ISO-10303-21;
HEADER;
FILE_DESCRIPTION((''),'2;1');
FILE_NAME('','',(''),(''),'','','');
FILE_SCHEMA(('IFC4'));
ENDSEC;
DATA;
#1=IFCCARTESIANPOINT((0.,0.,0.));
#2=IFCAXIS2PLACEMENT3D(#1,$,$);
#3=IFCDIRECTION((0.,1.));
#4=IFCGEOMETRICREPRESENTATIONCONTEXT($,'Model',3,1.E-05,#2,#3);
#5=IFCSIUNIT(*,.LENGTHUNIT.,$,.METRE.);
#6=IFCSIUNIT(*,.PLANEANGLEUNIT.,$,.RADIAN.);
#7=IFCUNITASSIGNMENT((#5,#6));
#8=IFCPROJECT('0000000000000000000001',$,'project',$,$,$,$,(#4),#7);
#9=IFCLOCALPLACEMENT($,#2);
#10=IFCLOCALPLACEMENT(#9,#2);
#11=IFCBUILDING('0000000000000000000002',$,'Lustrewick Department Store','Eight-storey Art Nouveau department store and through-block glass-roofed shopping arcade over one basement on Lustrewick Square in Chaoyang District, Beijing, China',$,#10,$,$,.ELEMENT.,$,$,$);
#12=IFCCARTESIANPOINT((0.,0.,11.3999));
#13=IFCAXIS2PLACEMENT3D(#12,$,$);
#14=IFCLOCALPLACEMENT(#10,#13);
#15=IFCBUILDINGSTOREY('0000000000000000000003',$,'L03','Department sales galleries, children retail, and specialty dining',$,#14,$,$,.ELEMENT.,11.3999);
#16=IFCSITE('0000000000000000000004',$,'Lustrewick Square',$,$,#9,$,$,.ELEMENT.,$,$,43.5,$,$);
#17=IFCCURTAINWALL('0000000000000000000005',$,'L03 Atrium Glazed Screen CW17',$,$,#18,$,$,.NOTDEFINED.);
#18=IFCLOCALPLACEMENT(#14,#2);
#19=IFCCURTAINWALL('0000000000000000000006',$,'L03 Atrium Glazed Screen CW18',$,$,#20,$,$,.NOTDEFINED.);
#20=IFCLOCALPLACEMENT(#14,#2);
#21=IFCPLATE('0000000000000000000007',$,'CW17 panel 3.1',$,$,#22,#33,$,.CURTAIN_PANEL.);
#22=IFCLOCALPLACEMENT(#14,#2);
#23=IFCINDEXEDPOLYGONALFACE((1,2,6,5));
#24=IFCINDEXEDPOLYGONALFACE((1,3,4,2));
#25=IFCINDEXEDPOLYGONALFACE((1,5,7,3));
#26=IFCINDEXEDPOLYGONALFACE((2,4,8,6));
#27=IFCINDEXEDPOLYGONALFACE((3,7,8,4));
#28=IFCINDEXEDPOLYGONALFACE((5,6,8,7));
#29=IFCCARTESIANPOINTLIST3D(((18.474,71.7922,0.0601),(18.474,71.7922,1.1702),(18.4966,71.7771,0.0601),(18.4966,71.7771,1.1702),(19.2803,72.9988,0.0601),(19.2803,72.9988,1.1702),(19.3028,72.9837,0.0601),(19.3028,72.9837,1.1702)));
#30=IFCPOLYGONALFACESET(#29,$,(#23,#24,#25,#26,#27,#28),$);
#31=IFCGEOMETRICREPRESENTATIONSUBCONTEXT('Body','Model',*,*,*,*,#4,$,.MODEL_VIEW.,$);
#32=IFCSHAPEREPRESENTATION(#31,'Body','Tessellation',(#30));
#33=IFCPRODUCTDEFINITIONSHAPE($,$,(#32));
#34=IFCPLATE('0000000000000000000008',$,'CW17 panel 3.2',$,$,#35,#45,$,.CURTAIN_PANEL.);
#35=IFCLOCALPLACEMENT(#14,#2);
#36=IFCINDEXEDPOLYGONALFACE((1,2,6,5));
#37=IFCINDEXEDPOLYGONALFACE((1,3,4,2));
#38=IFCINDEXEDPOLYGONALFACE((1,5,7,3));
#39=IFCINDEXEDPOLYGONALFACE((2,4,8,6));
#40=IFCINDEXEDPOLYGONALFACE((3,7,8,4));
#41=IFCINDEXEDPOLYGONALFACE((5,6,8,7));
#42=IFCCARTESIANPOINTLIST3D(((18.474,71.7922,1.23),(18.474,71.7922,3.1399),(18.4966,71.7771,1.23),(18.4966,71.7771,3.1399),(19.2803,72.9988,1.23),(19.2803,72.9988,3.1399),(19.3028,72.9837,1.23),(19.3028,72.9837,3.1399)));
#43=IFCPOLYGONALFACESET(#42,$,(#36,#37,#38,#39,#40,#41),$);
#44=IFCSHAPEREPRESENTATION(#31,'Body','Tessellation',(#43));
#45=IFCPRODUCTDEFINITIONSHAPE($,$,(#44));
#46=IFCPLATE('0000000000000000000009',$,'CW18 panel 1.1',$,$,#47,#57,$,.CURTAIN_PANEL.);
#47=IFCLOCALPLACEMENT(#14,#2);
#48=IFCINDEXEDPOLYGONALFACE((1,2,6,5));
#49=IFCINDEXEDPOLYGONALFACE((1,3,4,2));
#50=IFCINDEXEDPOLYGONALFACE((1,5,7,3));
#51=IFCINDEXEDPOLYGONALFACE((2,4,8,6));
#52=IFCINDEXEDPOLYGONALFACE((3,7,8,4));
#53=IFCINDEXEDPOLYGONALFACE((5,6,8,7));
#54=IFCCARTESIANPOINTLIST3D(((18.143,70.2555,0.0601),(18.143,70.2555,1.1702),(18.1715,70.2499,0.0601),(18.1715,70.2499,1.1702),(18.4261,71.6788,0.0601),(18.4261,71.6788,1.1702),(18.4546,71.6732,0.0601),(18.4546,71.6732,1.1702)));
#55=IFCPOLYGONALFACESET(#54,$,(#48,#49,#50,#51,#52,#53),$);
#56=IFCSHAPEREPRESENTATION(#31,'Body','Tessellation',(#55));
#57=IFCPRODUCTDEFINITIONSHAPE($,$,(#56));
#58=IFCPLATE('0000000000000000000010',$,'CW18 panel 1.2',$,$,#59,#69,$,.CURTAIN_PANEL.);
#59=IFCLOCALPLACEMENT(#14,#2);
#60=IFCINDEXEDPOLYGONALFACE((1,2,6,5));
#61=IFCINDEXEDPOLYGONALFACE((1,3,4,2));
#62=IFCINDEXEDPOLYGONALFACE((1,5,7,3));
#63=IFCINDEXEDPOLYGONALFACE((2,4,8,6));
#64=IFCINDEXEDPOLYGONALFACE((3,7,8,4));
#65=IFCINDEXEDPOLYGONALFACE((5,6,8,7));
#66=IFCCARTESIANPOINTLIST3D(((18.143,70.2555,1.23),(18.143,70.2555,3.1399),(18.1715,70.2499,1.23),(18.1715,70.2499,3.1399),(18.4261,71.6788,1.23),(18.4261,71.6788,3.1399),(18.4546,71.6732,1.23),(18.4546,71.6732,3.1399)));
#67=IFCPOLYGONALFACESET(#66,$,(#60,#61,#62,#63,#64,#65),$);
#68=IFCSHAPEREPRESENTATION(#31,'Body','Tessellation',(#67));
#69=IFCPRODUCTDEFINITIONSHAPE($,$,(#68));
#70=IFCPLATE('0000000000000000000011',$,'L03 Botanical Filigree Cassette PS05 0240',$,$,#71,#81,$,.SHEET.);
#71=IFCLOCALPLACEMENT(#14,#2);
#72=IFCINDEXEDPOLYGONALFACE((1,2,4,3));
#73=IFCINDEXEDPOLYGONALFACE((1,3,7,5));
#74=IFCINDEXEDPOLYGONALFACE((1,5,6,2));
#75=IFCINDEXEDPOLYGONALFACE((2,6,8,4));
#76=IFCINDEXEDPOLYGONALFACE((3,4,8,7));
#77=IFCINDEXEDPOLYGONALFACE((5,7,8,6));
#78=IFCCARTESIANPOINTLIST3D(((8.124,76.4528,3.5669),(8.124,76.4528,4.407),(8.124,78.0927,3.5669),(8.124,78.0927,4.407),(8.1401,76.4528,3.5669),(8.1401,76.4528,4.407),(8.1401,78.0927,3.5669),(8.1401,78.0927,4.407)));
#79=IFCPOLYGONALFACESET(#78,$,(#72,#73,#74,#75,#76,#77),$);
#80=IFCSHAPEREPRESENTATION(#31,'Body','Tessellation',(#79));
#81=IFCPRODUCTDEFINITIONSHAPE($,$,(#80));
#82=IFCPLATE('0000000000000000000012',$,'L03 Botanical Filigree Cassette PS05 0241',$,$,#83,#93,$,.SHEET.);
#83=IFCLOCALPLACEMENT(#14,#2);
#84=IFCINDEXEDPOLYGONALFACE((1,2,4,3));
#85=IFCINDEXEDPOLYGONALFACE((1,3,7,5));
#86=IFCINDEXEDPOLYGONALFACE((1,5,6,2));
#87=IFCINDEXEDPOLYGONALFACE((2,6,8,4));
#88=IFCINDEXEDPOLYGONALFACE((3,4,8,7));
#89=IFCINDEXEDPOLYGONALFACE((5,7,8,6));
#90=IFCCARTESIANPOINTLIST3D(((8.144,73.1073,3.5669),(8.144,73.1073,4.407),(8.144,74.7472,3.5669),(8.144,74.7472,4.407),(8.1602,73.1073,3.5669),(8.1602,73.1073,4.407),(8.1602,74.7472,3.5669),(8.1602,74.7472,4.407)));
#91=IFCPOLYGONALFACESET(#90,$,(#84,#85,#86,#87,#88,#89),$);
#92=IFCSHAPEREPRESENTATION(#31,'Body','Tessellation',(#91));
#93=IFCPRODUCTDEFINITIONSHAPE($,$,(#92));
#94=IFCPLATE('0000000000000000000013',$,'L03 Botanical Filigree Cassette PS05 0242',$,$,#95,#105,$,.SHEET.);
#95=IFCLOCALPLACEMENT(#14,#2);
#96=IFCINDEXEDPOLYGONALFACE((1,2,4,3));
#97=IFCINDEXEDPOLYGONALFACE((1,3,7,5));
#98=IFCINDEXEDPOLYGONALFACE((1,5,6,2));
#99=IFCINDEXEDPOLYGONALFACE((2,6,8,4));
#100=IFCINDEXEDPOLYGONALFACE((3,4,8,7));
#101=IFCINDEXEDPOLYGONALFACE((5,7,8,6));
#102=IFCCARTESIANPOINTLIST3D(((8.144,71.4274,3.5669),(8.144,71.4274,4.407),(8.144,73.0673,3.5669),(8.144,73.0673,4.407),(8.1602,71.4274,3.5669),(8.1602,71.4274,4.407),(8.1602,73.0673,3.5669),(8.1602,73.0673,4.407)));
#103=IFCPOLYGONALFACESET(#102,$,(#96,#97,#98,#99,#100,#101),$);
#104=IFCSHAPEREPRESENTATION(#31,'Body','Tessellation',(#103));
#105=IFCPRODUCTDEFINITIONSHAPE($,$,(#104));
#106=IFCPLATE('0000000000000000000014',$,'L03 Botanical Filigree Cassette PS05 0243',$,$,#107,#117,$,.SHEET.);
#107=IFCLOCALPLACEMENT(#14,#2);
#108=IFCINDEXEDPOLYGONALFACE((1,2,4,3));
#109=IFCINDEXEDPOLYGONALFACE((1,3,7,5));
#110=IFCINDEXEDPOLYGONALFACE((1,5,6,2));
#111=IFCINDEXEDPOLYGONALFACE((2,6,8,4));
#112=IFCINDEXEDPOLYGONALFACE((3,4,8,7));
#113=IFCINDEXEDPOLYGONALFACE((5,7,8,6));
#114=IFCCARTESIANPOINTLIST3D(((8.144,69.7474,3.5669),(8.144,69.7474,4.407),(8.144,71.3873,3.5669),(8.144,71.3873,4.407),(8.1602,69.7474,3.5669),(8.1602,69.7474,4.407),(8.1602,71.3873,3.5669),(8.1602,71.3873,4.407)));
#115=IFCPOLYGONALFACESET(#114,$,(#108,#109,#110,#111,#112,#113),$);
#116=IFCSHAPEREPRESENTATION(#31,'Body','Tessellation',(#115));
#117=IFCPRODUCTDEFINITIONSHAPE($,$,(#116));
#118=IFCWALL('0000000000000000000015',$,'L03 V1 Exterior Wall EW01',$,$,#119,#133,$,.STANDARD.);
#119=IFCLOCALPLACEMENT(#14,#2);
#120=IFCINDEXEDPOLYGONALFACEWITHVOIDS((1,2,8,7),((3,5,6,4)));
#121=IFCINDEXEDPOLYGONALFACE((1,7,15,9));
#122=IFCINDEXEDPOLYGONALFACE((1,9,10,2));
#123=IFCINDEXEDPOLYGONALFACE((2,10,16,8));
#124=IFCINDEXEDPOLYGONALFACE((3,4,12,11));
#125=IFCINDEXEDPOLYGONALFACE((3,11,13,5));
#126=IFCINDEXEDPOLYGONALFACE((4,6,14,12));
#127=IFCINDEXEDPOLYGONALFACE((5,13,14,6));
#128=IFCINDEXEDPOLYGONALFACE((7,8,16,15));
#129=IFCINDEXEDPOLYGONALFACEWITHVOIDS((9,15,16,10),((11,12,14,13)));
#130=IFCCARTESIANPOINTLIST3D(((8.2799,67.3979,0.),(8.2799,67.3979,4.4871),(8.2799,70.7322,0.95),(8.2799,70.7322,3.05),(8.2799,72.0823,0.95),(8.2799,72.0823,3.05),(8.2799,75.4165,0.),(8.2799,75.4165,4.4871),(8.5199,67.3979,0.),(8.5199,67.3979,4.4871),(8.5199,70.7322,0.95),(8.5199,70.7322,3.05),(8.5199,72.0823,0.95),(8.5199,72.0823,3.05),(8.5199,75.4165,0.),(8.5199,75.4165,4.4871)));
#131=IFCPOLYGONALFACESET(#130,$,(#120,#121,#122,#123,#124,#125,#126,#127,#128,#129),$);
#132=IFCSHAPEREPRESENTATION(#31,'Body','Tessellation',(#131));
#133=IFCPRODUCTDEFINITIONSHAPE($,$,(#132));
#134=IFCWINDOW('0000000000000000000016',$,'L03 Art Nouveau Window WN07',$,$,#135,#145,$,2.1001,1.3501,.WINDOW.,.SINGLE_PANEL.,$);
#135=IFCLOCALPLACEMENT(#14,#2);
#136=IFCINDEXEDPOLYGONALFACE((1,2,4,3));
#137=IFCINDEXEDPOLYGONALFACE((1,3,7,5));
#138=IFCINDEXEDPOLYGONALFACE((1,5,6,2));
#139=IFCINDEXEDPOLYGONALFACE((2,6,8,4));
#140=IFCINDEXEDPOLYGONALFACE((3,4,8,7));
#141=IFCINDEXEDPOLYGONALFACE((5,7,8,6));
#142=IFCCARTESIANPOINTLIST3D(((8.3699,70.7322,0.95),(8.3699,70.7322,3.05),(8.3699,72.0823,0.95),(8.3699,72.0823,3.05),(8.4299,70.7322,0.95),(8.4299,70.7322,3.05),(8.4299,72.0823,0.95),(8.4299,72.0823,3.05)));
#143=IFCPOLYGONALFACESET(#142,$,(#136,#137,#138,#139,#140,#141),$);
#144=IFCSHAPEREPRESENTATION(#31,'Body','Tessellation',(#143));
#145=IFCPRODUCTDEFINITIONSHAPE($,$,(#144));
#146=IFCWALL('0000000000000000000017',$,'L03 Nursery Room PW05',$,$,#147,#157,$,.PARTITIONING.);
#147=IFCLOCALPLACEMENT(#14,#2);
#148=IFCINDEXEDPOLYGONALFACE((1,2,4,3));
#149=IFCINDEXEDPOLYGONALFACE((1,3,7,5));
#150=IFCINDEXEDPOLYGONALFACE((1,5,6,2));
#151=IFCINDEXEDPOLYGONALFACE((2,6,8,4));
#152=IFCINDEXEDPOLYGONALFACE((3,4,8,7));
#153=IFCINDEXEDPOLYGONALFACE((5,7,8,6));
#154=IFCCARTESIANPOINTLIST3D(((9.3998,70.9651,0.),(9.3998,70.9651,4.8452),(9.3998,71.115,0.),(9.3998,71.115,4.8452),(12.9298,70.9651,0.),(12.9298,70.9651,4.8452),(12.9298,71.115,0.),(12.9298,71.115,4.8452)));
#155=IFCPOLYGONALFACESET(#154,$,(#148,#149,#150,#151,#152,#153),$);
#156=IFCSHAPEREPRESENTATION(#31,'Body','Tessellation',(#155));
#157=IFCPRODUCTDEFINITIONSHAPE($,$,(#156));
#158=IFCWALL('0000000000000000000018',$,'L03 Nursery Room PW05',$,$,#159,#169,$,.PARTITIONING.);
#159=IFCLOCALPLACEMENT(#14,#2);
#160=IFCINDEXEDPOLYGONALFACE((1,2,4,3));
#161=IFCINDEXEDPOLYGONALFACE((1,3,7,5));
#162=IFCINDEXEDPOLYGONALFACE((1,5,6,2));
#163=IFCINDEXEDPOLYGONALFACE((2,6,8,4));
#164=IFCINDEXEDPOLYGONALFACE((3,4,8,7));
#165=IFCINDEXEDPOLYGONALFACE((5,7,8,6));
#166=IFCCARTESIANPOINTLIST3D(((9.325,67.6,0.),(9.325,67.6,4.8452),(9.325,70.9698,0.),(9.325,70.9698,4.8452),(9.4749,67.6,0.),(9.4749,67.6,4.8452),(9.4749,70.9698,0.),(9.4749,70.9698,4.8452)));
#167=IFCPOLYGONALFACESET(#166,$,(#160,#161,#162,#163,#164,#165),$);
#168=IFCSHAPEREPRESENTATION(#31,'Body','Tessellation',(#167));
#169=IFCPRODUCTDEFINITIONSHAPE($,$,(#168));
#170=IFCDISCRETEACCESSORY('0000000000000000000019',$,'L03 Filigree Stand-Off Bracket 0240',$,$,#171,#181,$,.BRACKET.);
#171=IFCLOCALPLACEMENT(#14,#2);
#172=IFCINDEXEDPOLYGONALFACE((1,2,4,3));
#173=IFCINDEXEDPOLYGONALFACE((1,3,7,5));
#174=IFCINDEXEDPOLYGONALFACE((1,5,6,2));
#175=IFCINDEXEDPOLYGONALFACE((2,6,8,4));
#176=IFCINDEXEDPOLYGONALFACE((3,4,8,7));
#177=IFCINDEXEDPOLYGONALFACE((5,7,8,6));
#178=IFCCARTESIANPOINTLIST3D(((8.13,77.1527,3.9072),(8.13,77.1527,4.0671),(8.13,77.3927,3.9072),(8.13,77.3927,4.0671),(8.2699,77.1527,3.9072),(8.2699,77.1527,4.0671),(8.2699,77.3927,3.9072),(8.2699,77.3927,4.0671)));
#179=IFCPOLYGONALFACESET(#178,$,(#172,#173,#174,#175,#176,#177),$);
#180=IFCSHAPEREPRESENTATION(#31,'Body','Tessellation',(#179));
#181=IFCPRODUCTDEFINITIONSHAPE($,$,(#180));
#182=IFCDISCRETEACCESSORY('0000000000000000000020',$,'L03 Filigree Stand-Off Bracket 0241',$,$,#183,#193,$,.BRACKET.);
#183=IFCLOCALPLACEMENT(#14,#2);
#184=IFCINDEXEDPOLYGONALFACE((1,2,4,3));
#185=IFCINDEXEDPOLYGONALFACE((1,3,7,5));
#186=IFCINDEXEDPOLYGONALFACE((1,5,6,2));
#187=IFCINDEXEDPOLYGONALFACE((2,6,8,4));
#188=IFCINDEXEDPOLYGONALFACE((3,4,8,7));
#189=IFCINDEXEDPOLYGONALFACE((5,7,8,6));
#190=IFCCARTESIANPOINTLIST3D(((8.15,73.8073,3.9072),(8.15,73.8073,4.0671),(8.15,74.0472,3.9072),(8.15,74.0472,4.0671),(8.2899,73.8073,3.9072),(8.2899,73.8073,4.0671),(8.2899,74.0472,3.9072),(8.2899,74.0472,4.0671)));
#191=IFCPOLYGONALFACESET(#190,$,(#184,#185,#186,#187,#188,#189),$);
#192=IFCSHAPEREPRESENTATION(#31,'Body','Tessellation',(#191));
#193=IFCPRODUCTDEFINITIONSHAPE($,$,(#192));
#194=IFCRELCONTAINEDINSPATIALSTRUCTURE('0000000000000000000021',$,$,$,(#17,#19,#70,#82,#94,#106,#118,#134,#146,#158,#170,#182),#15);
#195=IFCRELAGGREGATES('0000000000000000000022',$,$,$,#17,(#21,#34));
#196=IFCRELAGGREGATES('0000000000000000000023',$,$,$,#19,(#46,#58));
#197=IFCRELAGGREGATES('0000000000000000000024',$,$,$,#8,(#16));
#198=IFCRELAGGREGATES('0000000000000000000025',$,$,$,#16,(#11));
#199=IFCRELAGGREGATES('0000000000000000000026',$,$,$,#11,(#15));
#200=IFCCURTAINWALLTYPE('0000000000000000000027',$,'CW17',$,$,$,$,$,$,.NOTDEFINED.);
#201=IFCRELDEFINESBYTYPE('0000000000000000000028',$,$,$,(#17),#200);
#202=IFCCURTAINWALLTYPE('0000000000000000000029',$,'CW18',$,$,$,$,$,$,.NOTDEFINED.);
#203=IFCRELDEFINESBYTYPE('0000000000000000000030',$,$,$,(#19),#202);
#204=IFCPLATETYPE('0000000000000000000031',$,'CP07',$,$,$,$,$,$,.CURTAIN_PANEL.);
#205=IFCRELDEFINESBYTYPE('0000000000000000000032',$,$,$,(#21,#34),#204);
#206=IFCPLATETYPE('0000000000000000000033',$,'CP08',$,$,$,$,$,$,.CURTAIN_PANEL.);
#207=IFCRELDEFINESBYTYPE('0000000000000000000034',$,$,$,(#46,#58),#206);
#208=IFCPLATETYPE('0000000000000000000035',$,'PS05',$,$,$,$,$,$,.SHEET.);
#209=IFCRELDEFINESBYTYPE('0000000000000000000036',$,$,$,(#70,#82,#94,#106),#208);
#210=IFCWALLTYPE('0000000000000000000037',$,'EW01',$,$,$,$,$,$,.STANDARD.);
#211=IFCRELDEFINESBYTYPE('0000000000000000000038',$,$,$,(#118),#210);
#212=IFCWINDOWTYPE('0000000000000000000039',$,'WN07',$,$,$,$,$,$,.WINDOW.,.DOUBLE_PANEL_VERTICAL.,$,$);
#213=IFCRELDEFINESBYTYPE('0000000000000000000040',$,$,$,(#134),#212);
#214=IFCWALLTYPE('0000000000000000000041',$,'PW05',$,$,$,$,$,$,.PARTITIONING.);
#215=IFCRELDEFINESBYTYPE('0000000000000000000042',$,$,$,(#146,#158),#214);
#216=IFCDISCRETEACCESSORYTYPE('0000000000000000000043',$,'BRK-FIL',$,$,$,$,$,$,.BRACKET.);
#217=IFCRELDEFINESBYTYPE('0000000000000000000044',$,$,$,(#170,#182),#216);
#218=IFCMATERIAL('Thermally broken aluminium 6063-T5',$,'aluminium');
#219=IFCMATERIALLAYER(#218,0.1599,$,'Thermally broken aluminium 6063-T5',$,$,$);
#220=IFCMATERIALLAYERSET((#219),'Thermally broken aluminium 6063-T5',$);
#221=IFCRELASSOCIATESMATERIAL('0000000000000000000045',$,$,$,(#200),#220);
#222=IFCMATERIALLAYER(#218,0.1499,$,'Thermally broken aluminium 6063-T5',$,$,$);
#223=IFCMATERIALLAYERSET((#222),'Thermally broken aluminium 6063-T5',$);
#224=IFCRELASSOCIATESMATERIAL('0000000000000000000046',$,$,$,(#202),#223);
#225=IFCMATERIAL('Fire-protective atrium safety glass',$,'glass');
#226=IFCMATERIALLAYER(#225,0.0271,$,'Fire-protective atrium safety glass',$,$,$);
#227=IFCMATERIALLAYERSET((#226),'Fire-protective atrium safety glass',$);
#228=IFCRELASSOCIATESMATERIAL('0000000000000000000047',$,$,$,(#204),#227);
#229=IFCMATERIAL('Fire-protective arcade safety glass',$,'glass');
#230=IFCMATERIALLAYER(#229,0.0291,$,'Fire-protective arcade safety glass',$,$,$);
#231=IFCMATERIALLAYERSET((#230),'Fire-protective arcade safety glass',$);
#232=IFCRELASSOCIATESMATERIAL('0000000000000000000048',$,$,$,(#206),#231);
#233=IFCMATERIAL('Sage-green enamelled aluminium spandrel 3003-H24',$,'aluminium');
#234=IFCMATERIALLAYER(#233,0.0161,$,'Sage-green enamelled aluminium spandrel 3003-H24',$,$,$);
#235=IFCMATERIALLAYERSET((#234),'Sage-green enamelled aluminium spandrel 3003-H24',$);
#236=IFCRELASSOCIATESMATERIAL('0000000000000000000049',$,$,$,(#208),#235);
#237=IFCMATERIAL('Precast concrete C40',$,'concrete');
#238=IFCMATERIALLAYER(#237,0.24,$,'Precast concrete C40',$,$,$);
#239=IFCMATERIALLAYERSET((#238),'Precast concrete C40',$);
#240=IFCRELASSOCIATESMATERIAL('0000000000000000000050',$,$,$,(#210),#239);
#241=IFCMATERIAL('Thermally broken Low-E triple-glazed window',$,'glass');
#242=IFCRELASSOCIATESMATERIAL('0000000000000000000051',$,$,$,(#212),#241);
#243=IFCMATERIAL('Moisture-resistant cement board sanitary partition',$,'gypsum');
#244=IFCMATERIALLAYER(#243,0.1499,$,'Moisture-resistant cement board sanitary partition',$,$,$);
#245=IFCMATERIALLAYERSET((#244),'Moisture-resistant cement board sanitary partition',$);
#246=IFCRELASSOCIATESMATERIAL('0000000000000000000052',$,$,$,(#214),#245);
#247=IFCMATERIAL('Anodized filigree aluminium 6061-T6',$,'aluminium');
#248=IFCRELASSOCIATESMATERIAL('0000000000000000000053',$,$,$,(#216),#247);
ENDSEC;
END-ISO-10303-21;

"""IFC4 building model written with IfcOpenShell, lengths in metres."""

from ifc_helpers import new_model, si_unit, direction, frame, frame_2d, origin, origin_2d, place, context, subcontext, project, spatial, rectangle, extrude, material, layer, layer_set, type_object, element, fill, aggregate, save


model = new_model("IFC4")

# Units and contexts
model_context = context("Model", 3, precision=1e-05, world=origin(), true_north=direction((0.0, 1.0)))
body_context = subcontext(model_context, "Body", "Model", "MODEL_VIEW")
ifc_project = project(units=[si_unit("LENGTHUNIT", "METRE"), si_unit("PLANEANGLEUNIT", "RADIAN")], contexts=[model_context])

# Site, building, storey
site_placement = place(None, origin())
site = spatial("IfcSite", under=ifc_project, at=site_placement, Name="Lustrewick Square", CompositionType="ELEMENT", RefElevation=43.5)
building_placement = place(site_placement, origin())
building = spatial("IfcBuilding", under=site, at=building_placement, Name="Lustrewick Department Store", Description="Eight-storey Art Nouveau department store and through-block glass-roofed shopping arcade over one basement on Lustrewick Square in Chaoyang District, Beijing, China", CompositionType="ELEMENT")
storey_placement = place(building_placement, frame((0.0, 0.0, 11.3999)))
storey = spatial("IfcBuildingStorey", under=building, at=storey_placement, Name="L03", Description="Department sales galleries, children retail, and specialty dining", CompositionType="ELEMENT", Elevation=11.3999)

# Curtain wall
ifc_material_1 = material(Name="Thermally broken aluminium 6063-T5", Category="aluminium")
ifc_layer_1 = layer(ifc_material_1, 0.1599, Name="Thermally broken aluminium 6063-T5")
ifc_layer_set_1 = layer_set([ifc_layer_1], Name="Thermally broken aluminium 6063-T5")
curtain_wall_type_1 = type_object("IfcCurtainWallType", Name="CW17", PredefinedType="NOTDEFINED", material=ifc_layer_set_1)
curtain_wall_1_placement = place(storey_placement, origin())
curtain_wall_1 = element("IfcCurtainWall", 1, at=curtain_wall_1_placement, inside=storey, type_object=curtain_wall_type_1, Name="L03 Atrium Glazed Screen CW17", PredefinedType="NOTDEFINED")

# Curtain wall
ifc_layer_2 = layer(ifc_material_1, 0.1499, Name="Thermally broken aluminium 6063-T5")
ifc_layer_set_2 = layer_set([ifc_layer_2], Name="Thermally broken aluminium 6063-T5")
curtain_wall_type_2 = type_object("IfcCurtainWallType", Name="CW18", PredefinedType="NOTDEFINED", material=ifc_layer_set_2)
curtain_wall_2_placement = place(storey_placement, origin())
curtain_wall_2 = element("IfcCurtainWall", 2, at=curtain_wall_2_placement, inside=storey, type_object=curtain_wall_type_2, Name="L03 Atrium Glazed Screen CW18", PredefinedType="NOTDEFINED")

# Plates
ifc_material_2 = material(Name="Fire-protective atrium safety glass", Category="glass")
ifc_layer_3 = layer(ifc_material_2, 0.0271, Name="Fire-protective atrium safety glass")
ifc_layer_set_3 = layer_set([ifc_layer_3], Name="Fire-protective atrium safety glass")
plate_type_1 = type_object("IfcPlateType", Name="CP07", PredefinedType="CURTAIN_PANEL", material=ifc_layer_set_3)
plate_1_placement = place(storey_placement, frame((18.8884, 72.3879, 0.0601), z_axis=(0.0, 0.0, 1.0), x_axis=(-0.555578, -0.831464, 0.0)))
plate_1 = element("IfcPlate", 3, at=plate_1_placement, type_object=plate_type_1, Name="CW17 panel 3.1", PredefinedType="CURTAIN_PANEL", context=body_context, shape_type="SweptSolid", body=[
    extrude(rectangle(XDim=1.4512, YDim=0.0271, at=origin_2d()), origin(), (0.0, 0.0, 1.0), 1.1101),
])
plate_2_placement = place(storey_placement, frame((18.8884, 72.3879, 1.23), z_axis=(0.0, 0.0, 1.0), x_axis=(-0.555578, -0.831464, 0.0)))
plate_2 = element("IfcPlate", 4, at=plate_2_placement, type_object=plate_type_1, Name="CW17 panel 3.2", PredefinedType="CURTAIN_PANEL", context=body_context, shape_type="SweptSolid", body=[
    extrude(rectangle(XDim=1.4512, YDim=0.0271, at=origin_2d()), origin(), (0.0, 0.0, 1.0), 1.9099),
])
aggregate(curtain_wall_1, [plate_1, plate_2])
ifc_material_3 = material(Name="Fire-protective arcade safety glass", Category="glass")
ifc_layer_4 = layer(ifc_material_3, 0.0291, Name="Fire-protective arcade safety glass")
ifc_layer_set_4 = layer_set([ifc_layer_4], Name="Fire-protective arcade safety glass")
plate_type_2 = type_object("IfcPlateType", Name="CP08", PredefinedType="CURTAIN_PANEL", material=ifc_layer_set_4)
plate_3_placement = place(storey_placement, frame((18.2988, 70.9644, 0.0601), z_axis=(0.0, 0.0, 1.0), x_axis=(-0.195085, -0.980786, 0.0)))
plate_3 = element("IfcPlate", 5, at=plate_3_placement, type_object=plate_type_2, Name="CW18 panel 1.1", PredefinedType="CURTAIN_PANEL", context=body_context, shape_type="SweptSolid", body=[
    extrude(rectangle(XDim=1.4512, YDim=0.0291, at=origin_2d()), origin(), (0.0, 0.0, 1.0), 1.1101),
])
plate_4_placement = place(storey_placement, frame((18.2988, 70.9644, 1.23), z_axis=(0.0, 0.0, 1.0), x_axis=(-0.195085, -0.980786, 0.0)))
plate_4 = element("IfcPlate", 6, at=plate_4_placement, type_object=plate_type_2, Name="CW18 panel 1.2", PredefinedType="CURTAIN_PANEL", context=body_context, shape_type="SweptSolid", body=[
    extrude(rectangle(XDim=1.4512, YDim=0.0291, at=origin_2d()), origin(), (0.0, 0.0, 1.0), 1.9099),
])
aggregate(curtain_wall_2, [plate_3, plate_4])

# Plates
ifc_material_4 = material(Name="Sage-green enamelled aluminium spandrel 3003-H24", Category="aluminium")
ifc_layer_5 = layer(ifc_material_4, 0.0161, Name="Sage-green enamelled aluminium spandrel 3003-H24")
ifc_layer_set_5 = layer_set([ifc_layer_5], Name="Sage-green enamelled aluminium spandrel 3003-H24")
plate_type_3 = type_object("IfcPlateType", Name="PS05", PredefinedType="SHEET", material=ifc_layer_set_5)
for number, where, z_axis, x_axis, name in (
    (7, (8.1321, 77.2727, 3.5669), (0.0, 0.0, 1.0), (0.0, -1.0, 0.0), "L03 Botanical Filigree Cassette PS05 0240"),
    (8, (8.1521, 73.9272, 3.5669), (0.0, 0.0, 1.0), (0.0, -1.0, 0.0), "L03 Botanical Filigree Cassette PS05 0241"),
    (9, (8.1521, 72.2473, 3.5669), (0.0, 0.0, 1.0), (0.0, -1.0, 0.0), "L03 Botanical Filigree Cassette PS05 0242"),
    (10, (8.1521, 70.5674, 3.5669), (0.0, 0.0, 1.0), (0.0, -1.0, 0.0), "L03 Botanical Filigree Cassette PS05 0243"),
):
    element("IfcPlate", number, at=place(storey_placement, frame(where, z_axis=z_axis, x_axis=x_axis)), inside=storey, type_object=plate_type_3, Name=name, PredefinedType="SHEET", context=body_context, shape_type="SweptSolid", body=[
        extrude(rectangle(XDim=1.6399, YDim=0.0161, at=origin_2d()), origin(), (0.0, 0.0, 1.0), 0.8401),
    ])

# Wall, opening, window
ifc_material_5 = material(Name="Precast concrete C40", Category="concrete")
ifc_layer_6 = layer(ifc_material_5, 0.24, Name="Precast concrete C40")
ifc_layer_set_6 = layer_set([ifc_layer_6], Name="Precast concrete C40")
wall_type_1 = type_object("IfcWallType", Name="EW01", PredefinedType="STANDARD", material=ifc_layer_set_6)
wall_1_placement = place(storey_placement, frame((8.3999, 75.4165, 0.0), z_axis=(0.0, 0.0, 1.0), x_axis=(0.0, -1.0, 0.0)))
wall_1 = element("IfcWall", 11, at=wall_1_placement, inside=storey, type_object=wall_type_1, Name="L03 V1 Exterior Wall EW01", PredefinedType="STANDARD", context=body_context, shape_type="SweptSolid", body=[
    extrude(rectangle(XDim=8.0186, YDim=0.24, at=frame_2d((4.0093, 0.0))), origin(), (0.0, 0.0, 1.0), 4.4871),
])
opening_placement = place(wall_1_placement, frame((3.3342, 0.0, 0.95)))
opening = element("IfcOpeningElement", 12, at=opening_placement, cuts=wall_1, PredefinedType="OPENING", context=body_context, shape_type="SweptSolid", body=[
    extrude(rectangle(XDim=1.3501, YDim=2.1001, at=frame_2d((0.675, 1.05))), frame((0.0, 0.1299, 0.0), z_axis=(0.0, -1.0, 0.0), x_axis=(1.0, 0.0, 0.0)), (0.0, 0.0, 1.0), 0.26),
])
ifc_material_6 = material(Name="Thermally broken Low-E triple-glazed window", Category="glass")
window_type = type_object("IfcWindowType", Name="WN07", PartitioningType="DOUBLE_PANEL_VERTICAL", PredefinedType="WINDOW", material=ifc_material_6)
window_placement = place(opening_placement, origin())
window = element("IfcWindow", 13, at=window_placement, inside=storey, type_object=window_type, Name="L03 Art Nouveau Window WN07", OverallHeight=2.1001, OverallWidth=1.3501, PartitioningType="SINGLE_PANEL", PredefinedType="WINDOW", context=body_context, shape_type="SweptSolid", body=[
    extrude(rectangle(XDim=1.3501, YDim=2.1001, at=frame_2d((0.675, 1.05))), frame((0.0, 0.03, 0.0), z_axis=(0.0, -1.0, 0.0), x_axis=(1.0, 0.0, 0.0)), (0.0, 0.0, 1.0), 0.0601),
])
fill(opening, window)

# Walls
ifc_material_7 = material(Name="Moisture-resistant cement board sanitary partition", Category="gypsum")
ifc_layer_7 = layer(ifc_material_7, 0.1499, Name="Moisture-resistant cement board sanitary partition")
ifc_layer_set_7 = layer_set([ifc_layer_7], Name="Moisture-resistant cement board sanitary partition")
wall_type_2 = type_object("IfcWallType", Name="PW05", PredefinedType="PARTITIONING", material=ifc_layer_set_7)
wall_2_placement = place(storey_placement, frame((12.9299, 71.04, 0.0), z_axis=(0.0, 0.0, 1.0), x_axis=(-1.0, 0.0, 0.0)))
element("IfcWall", 14, at=wall_2_placement, inside=storey, type_object=wall_type_2, Name="L03 Nursery Room PW05", PredefinedType="PARTITIONING", context=body_context, shape_type="SweptSolid", body=[
    extrude(rectangle(XDim=3.53, YDim=0.1499, at=frame_2d((1.7651, 0.0))), origin(), (0.0, 0.0, 1.0), 4.8452),
])
wall_3_placement = place(storey_placement, frame((9.3999, 70.97, 0.0), z_axis=(0.0, 0.0, 1.0), x_axis=(0.0, -1.0, 0.0)))
element("IfcWall", 15, at=wall_3_placement, inside=storey, type_object=wall_type_2, Name="L03 Nursery Room PW05", PredefinedType="PARTITIONING", context=body_context, shape_type="SweptSolid", body=[
    extrude(rectangle(XDim=3.3699, YDim=0.1499, at=frame_2d((1.6851, 0.0))), origin(), (0.0, 0.0, 1.0), 4.8452),
])

# Discrete accessories
ifc_material_8 = material(Name="Anodized filigree aluminium 6061-T6", Category="aluminium")
discrete_accessory_type = type_object("IfcDiscreteAccessoryType", Name="BRK-FIL", PredefinedType="BRACKET", material=ifc_material_8)
for number, where, z_axis, x_axis, name in (
    (16, (8.2, 77.2727, 3.9072), (0.0, 0.0, 1.0), (0.0, -1.0, 0.0), "L03 Filigree Stand-Off Bracket 0240"),
    (17, (8.22, 73.9272, 3.9072), (0.0, 0.0, 1.0), (0.0, -1.0, 0.0), "L03 Filigree Stand-Off Bracket 0241"),
):
    element("IfcDiscreteAccessory", number, at=place(storey_placement, frame(where, z_axis=z_axis, x_axis=x_axis)), inside=storey, type_object=discrete_accessory_type, Name=name, PredefinedType="BRACKET", context=body_context, shape_type="SweptSolid", body=[
        extrude(rectangle(XDim=0.24, YDim=0.1399, at=origin_2d()), origin(), (0.0, 0.0, 1.0), 0.1599),
    ])

save(model, "model.ifc")
